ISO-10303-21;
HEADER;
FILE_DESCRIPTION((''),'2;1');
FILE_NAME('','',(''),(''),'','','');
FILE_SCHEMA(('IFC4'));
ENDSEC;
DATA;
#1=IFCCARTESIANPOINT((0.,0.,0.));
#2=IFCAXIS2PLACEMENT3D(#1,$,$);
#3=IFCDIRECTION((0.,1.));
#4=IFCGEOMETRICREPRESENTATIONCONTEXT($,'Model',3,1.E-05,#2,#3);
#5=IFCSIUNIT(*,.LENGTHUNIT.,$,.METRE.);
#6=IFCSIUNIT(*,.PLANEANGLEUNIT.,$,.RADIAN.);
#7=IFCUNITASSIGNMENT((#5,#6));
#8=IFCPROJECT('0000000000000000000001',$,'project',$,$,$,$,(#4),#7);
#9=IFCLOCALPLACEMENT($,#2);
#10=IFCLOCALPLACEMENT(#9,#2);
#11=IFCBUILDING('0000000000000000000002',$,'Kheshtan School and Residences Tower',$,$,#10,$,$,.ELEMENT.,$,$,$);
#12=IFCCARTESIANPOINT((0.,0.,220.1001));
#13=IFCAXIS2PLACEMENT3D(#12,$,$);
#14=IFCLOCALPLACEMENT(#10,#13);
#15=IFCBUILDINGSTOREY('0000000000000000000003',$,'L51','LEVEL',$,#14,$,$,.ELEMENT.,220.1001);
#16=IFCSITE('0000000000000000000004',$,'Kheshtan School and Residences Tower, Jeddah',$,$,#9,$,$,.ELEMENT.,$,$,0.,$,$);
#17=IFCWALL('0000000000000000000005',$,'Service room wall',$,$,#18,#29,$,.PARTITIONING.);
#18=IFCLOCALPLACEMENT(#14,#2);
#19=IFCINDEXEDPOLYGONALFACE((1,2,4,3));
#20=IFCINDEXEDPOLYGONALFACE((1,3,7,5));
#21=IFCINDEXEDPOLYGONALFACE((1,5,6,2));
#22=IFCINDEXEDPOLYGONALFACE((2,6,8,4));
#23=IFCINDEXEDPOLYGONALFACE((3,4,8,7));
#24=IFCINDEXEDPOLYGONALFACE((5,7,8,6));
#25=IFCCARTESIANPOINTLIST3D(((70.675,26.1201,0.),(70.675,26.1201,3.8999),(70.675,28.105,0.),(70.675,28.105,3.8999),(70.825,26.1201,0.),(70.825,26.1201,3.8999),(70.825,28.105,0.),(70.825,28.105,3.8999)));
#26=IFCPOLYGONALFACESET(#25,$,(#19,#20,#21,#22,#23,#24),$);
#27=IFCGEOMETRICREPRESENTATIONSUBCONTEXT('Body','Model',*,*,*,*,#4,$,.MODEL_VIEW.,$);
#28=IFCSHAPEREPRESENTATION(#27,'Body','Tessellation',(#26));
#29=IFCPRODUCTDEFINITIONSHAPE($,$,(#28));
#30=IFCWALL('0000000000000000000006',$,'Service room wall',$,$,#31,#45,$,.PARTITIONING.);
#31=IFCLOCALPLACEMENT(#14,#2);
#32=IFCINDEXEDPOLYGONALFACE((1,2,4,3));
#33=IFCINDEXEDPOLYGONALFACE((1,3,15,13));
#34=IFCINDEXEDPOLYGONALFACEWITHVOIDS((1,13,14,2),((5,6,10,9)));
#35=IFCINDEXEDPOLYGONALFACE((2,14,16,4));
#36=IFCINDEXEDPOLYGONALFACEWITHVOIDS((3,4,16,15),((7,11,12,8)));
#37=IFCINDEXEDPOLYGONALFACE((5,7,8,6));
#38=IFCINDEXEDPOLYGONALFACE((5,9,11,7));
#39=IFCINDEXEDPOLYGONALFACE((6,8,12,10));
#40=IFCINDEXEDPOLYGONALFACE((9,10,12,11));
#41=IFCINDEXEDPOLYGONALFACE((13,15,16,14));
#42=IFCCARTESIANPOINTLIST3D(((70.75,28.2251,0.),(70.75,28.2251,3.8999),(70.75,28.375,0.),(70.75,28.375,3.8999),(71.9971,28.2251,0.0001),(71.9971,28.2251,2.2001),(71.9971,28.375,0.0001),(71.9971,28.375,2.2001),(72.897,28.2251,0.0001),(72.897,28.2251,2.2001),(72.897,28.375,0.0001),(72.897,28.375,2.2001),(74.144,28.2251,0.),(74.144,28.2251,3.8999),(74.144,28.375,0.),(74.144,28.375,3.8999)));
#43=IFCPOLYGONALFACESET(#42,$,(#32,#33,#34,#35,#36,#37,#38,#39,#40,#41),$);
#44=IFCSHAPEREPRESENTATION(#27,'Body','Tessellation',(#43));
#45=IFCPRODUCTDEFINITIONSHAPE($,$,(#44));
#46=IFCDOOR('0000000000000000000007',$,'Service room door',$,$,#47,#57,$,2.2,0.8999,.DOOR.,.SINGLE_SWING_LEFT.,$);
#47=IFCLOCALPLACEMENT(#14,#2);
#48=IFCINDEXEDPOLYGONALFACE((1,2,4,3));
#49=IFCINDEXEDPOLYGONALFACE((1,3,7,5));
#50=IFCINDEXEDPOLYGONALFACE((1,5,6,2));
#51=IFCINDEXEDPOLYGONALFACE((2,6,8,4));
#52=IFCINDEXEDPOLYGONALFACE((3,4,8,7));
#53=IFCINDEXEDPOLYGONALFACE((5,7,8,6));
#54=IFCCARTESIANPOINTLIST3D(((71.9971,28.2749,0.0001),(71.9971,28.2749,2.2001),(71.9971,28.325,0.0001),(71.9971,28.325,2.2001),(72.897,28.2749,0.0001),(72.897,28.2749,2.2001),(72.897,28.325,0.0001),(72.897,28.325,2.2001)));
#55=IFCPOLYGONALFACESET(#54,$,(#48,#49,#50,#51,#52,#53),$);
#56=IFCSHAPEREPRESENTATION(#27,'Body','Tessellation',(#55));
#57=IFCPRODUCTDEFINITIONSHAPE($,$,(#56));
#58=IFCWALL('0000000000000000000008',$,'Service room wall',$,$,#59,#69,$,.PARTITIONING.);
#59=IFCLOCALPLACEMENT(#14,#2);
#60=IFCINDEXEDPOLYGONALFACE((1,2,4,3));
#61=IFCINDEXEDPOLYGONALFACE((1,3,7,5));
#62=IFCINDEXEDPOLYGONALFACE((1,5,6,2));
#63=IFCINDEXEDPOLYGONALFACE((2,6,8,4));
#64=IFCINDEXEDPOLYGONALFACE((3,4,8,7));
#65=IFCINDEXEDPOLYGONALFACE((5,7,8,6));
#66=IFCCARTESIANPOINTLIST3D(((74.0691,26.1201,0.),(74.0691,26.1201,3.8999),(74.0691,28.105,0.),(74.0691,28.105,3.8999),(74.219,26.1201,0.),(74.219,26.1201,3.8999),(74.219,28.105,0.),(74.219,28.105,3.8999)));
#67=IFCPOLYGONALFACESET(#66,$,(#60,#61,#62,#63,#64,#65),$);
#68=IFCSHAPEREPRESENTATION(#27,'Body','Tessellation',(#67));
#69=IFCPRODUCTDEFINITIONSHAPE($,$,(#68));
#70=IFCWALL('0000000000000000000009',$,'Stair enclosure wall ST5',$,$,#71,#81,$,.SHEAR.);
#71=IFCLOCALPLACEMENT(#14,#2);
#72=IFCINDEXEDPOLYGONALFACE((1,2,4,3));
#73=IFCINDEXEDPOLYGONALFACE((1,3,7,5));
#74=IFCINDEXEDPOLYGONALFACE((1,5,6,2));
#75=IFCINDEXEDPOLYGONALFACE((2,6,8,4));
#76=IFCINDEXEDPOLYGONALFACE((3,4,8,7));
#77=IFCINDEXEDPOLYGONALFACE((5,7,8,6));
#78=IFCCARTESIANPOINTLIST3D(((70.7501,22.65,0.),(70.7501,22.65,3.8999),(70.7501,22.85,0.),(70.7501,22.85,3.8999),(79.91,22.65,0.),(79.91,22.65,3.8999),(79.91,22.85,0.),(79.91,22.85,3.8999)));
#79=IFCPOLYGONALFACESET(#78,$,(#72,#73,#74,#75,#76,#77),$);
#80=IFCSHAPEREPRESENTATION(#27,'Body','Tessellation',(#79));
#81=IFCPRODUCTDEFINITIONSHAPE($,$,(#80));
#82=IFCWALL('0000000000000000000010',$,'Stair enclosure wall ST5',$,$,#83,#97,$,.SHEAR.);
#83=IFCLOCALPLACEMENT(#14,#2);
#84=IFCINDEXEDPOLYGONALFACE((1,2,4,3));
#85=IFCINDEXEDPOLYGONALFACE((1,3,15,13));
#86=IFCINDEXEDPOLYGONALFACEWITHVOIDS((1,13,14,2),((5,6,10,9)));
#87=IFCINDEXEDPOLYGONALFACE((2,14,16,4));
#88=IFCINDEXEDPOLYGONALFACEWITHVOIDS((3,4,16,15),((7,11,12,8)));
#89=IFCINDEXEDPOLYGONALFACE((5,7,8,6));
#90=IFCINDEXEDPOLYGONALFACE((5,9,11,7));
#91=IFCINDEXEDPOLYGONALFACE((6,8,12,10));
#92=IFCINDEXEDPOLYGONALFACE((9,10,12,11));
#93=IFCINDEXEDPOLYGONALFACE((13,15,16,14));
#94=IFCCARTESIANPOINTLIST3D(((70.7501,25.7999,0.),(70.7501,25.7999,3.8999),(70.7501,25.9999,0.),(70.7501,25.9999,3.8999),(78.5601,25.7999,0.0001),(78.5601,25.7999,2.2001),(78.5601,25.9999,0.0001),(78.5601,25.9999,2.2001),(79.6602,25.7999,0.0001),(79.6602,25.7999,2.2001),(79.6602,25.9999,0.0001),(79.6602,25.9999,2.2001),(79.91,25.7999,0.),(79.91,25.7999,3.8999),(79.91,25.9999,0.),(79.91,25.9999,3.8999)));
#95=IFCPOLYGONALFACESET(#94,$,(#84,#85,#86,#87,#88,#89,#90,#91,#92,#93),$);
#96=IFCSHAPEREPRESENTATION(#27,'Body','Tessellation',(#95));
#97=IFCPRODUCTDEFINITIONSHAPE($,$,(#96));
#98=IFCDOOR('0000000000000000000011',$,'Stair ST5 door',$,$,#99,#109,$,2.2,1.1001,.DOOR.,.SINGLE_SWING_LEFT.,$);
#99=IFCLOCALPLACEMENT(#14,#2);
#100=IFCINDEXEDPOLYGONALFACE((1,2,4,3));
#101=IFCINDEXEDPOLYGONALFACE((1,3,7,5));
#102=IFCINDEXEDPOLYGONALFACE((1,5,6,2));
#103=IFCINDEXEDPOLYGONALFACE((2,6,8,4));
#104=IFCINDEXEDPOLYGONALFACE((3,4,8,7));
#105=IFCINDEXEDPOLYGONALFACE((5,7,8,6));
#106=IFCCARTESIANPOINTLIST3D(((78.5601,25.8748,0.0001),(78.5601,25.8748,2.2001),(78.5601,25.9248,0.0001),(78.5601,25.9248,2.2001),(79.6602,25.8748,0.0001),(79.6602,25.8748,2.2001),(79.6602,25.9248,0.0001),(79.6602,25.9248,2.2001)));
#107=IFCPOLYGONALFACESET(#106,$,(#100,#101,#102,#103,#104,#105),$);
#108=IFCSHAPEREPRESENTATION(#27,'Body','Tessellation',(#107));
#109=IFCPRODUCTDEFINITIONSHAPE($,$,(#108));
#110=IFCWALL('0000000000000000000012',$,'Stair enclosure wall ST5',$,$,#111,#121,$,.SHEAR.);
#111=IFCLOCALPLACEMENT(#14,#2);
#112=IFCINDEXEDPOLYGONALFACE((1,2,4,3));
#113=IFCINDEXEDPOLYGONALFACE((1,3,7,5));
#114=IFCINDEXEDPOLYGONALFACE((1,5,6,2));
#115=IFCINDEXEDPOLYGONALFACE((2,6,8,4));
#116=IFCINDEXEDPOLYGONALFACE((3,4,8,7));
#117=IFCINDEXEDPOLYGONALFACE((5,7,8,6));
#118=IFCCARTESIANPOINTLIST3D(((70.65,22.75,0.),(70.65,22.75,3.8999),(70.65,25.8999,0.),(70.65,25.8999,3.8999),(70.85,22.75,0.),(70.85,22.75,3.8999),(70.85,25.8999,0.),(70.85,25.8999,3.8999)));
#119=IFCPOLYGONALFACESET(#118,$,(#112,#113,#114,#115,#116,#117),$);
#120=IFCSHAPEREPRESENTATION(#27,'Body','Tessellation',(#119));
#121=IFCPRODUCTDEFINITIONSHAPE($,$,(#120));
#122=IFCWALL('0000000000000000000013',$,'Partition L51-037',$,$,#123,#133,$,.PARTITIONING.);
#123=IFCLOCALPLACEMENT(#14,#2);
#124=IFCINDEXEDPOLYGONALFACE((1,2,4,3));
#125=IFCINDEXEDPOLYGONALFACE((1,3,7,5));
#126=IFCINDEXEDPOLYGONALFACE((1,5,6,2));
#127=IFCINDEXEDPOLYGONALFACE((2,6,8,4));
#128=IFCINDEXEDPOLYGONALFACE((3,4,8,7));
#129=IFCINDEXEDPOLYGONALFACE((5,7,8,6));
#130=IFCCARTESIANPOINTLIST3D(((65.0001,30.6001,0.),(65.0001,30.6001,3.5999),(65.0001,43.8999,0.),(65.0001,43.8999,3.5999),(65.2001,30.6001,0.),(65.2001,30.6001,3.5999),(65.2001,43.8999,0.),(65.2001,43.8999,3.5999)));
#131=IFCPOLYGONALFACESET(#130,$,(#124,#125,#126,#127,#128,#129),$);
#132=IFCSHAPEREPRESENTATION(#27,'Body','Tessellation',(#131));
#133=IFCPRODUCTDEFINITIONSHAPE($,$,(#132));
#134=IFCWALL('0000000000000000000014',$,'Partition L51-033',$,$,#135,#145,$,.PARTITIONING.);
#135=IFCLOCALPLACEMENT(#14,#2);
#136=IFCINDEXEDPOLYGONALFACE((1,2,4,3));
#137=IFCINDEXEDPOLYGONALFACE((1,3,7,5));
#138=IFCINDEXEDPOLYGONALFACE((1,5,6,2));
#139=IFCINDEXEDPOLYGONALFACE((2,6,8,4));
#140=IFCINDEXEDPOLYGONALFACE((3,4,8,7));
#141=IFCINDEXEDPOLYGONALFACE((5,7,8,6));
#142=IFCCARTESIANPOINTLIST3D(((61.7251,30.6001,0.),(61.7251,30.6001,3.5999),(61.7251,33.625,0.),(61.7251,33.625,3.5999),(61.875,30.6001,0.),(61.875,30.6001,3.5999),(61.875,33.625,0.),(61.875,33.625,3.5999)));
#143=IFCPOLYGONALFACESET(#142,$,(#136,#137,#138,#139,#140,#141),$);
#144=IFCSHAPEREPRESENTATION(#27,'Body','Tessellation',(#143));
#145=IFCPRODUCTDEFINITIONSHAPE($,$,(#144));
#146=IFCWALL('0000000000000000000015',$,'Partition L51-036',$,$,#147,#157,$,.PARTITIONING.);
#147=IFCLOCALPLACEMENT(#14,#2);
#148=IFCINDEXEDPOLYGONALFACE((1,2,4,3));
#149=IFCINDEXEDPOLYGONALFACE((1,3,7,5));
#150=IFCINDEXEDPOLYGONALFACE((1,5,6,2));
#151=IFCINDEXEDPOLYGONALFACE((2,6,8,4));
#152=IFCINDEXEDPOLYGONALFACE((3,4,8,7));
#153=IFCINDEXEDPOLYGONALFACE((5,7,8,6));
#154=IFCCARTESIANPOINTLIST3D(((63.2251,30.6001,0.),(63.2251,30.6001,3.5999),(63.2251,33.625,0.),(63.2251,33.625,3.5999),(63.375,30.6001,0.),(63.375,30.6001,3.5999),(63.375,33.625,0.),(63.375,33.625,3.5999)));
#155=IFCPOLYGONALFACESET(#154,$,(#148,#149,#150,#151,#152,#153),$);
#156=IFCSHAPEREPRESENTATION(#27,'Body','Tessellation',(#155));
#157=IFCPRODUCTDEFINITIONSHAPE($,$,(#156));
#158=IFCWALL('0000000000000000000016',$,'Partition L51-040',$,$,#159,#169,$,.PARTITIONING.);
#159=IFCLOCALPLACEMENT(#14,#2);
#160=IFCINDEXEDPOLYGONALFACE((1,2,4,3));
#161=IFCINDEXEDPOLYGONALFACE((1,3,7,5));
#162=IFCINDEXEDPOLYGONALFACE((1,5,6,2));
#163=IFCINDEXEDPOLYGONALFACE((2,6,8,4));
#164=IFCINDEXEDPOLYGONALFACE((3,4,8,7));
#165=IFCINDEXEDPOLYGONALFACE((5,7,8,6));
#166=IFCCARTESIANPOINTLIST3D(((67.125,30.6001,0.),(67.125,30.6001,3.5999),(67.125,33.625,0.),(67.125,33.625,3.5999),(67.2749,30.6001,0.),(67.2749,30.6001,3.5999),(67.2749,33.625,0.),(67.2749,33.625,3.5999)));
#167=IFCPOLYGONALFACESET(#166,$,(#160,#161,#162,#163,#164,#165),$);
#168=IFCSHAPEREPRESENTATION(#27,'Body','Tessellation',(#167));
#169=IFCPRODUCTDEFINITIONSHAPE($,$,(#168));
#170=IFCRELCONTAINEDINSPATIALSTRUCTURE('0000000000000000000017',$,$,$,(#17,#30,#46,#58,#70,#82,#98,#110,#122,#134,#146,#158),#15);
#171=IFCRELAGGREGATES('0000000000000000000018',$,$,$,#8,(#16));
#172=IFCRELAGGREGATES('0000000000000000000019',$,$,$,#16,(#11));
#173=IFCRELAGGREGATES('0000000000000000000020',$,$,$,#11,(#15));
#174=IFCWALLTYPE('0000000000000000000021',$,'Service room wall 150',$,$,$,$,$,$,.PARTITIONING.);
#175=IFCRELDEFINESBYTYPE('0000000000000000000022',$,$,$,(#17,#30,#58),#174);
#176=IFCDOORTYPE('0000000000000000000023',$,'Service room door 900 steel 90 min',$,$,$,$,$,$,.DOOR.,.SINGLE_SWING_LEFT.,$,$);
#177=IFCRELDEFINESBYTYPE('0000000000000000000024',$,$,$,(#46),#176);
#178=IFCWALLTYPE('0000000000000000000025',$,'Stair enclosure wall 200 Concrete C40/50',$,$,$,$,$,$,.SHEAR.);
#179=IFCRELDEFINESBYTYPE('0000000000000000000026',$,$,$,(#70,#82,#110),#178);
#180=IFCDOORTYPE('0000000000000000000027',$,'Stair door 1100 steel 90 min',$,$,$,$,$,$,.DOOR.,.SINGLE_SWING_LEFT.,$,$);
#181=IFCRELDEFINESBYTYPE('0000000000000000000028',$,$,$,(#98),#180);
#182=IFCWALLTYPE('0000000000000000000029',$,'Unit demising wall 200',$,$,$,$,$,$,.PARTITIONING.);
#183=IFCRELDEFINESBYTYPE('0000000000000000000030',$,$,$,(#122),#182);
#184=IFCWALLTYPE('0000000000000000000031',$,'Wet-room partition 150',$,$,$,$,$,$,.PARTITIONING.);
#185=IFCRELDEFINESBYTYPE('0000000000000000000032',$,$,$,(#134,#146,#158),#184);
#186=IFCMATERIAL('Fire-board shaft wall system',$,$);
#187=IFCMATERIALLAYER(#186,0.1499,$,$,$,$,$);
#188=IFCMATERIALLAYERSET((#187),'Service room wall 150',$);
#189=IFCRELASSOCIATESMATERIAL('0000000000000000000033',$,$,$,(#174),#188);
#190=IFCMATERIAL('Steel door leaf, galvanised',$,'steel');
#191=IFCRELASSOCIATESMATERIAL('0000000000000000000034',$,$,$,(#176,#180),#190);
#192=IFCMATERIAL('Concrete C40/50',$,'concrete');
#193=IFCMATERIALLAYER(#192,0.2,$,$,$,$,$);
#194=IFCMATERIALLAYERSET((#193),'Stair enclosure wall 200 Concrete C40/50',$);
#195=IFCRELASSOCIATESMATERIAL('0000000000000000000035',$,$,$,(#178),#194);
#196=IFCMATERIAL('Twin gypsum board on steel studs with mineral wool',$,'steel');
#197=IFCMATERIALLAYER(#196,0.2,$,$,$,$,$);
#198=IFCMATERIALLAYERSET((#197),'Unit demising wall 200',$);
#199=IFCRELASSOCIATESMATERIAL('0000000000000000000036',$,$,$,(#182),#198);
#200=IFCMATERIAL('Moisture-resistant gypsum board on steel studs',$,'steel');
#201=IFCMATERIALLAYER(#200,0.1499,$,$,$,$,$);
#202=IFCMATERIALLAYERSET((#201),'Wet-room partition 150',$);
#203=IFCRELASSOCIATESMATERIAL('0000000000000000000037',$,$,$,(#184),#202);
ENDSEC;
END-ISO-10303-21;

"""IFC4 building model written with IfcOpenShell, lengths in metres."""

from ifc_helpers import new_model, si_unit, direction, frame, frame_2d, origin, place, context, subcontext, project, spatial, rectangle, extrude, source, transform, mapped, material, layer, layer_set, type_object, element, fill, save


model = new_model("IFC4")

# Units and contexts
model_context = context("Model", 3, precision=1e-05, world=origin(), true_north=direction((0.0, 1.0)))
body_context = subcontext(model_context, "Body", "Model", "MODEL_VIEW")
ifc_project = project(units=[si_unit("LENGTHUNIT", "METRE"), si_unit("PLANEANGLEUNIT", "RADIAN")], contexts=[model_context])

# Site, building, storey
site_placement = place(None, origin())
site = spatial("IfcSite", under=ifc_project, at=site_placement, Name="Kheshtan School and Residences Tower, Jeddah", CompositionType="ELEMENT", RefElevation=0.0)
building_placement = place(site_placement, origin())
building = spatial("IfcBuilding", under=site, at=building_placement, Name="Kheshtan School and Residences Tower", CompositionType="ELEMENT")
storey_placement = place(building_placement, frame((0.0, 0.0, 220.1001)))
storey = spatial("IfcBuildingStorey", under=building, at=storey_placement, Name="L51", Description="LEVEL", CompositionType="ELEMENT", Elevation=220.1001)

# Shared definitions
ifc_material_1 = material(Name="Fire-board shaft wall system")
ifc_layer_1 = layer(ifc_material_1, 0.1499)
ifc_layer_set_1 = layer_set([ifc_layer_1], Name="Service room wall 150")
wall_type_1 = type_object("IfcWallType", Name="Service room wall 150", PredefinedType="PARTITIONING", material=ifc_layer_set_1)
ifc_material_2 = material(Name="Steel door leaf, galvanised", Category="steel")
door_type_1 = type_object("IfcDoorType", Name="Service room door 900 steel 90 min", OperationType="SINGLE_SWING_LEFT", PredefinedType="DOOR", material=ifc_material_2)
shared_shape_1 = source(origin(), body_context, "Body", "SweptSolid", [
    extrude(rectangle(XDim=0.8999, YDim=2.2, at=frame_2d((0.45, 1.1001))), frame((0.0, 0.0249, 0.0), z_axis=(0.0, -1.0, 0.0), x_axis=(1.0, 0.0, 0.0)), (0.0, 0.0, 1.0), 0.05),
])

# Wall
wall_1_placement = place(storey_placement, frame((70.75, 26.1201, 0.0), z_axis=(0.0, 0.0, 1.0), x_axis=(0.0, 1.0, 0.0)))
element("IfcWall", 1, at=wall_1_placement, inside=storey, type_object=wall_type_1, Name="Service room wall", PredefinedType="PARTITIONING", context=body_context, shape_type="SweptSolid", body=[
    extrude(rectangle(XDim=1.9849, YDim=0.1499, at=frame_2d((0.9924, 0.0))), origin(), (0.0, 0.0, 1.0), 3.8999),
])

# Wall, opening, door
wall_2_placement = place(storey_placement, frame((70.75, 28.3, 0.0), z_axis=(0.0, 0.0, 1.0), x_axis=(1.0, 0.0, 0.0)))
wall_2 = element("IfcWall", 2, at=wall_2_placement, inside=storey, type_object=wall_type_1, Name="Service room wall", PredefinedType="PARTITIONING", context=body_context, shape_type="SweptSolid", body=[
    extrude(rectangle(XDim=3.394, YDim=0.1499, at=frame_2d((1.697, 0.0))), origin(), (0.0, 0.0, 1.0), 3.8999),
])
opening_1_placement = place(wall_2_placement, frame((1.2471, 0.0, 0.0)))
opening_1 = element("IfcOpeningElement", 3, at=opening_1_placement, cuts=wall_2, PredefinedType="OPENING", context=body_context, shape_type="SweptSolid", body=[
    extrude(rectangle(XDim=0.8999, YDim=2.2, at=frame_2d((0.45, 1.1001))), frame((0.0, 0.085, 0.0), z_axis=(0.0, -1.0, 0.0), x_axis=(1.0, 0.0, 0.0)), (0.0, 0.0, 1.0), 0.1699),
])
door_1_placement = place(opening_1_placement, origin())
door_1 = element("IfcDoor", 4, at=door_1_placement, inside=storey, type_object=door_type_1, Name="Service room door", OperationType="SINGLE_SWING_LEFT", OverallHeight=2.2, OverallWidth=0.8999, PredefinedType="DOOR", context=body_context, shape_type="MappedRepresentation", body=[
    mapped(shared_shape_1, transform((0.0, 0.0, 0.0), x_axis=(1.0, 0.0, 0.0), y_axis=(0.0, 1.0, 0.0), z_axis=(0.0, 0.0, 1.0), scale=1.0)),
])
fill(opening_1, door_1)

# Walls
wall_3_placement = place(storey_placement, frame((74.144, 26.1201, 0.0), z_axis=(0.0, 0.0, 1.0), x_axis=(0.0, 1.0, 0.0)))
element("IfcWall", 5, at=wall_3_placement, inside=storey, type_object=wall_type_1, Name="Service room wall", PredefinedType="PARTITIONING", context=body_context, shape_type="SweptSolid", body=[
    extrude(rectangle(XDim=1.9849, YDim=0.1499, at=frame_2d((0.9924, 0.0))), origin(), (0.0, 0.0, 1.0), 3.8999),
])
ifc_material_3 = material(Name="Concrete C40/50", Category="concrete")
ifc_layer_2 = layer(ifc_material_3, 0.2)
ifc_layer_set_2 = layer_set([ifc_layer_2], Name="Stair enclosure wall 200 Concrete C40/50")
wall_type_2 = type_object("IfcWallType", Name="Stair enclosure wall 200 Concrete C40/50", PredefinedType="SHEAR", material=ifc_layer_set_2)
wall_4_placement = place(storey_placement, frame((70.75, 22.75, 0.0), z_axis=(0.0, 0.0, 1.0), x_axis=(1.0, 0.0, 0.0)))
element("IfcWall", 6, at=wall_4_placement, inside=storey, type_object=wall_type_2, Name="Stair enclosure wall ST5", PredefinedType="SHEAR", context=body_context, shape_type="SweptSolid", body=[
    extrude(rectangle(XDim=9.1599, YDim=0.2, at=frame_2d((4.5801, 0.0))), origin(), (0.0, 0.0, 1.0), 3.8999),
])

# Wall, opening, door
wall_5_placement = place(storey_placement, frame((70.75, 25.8999, 0.0), z_axis=(0.0, 0.0, 1.0), x_axis=(1.0, 0.0, 0.0)))
wall_5 = element("IfcWall", 7, at=wall_5_placement, inside=storey, type_object=wall_type_2, Name="Stair enclosure wall ST5", PredefinedType="SHEAR", context=body_context, shape_type="SweptSolid", body=[
    extrude(rectangle(XDim=9.1599, YDim=0.2, at=frame_2d((4.5801, 0.0))), origin(), (0.0, 0.0, 1.0), 3.8999),
])
opening_2_placement = place(wall_5_placement, frame((7.8101, 0.0, 0.0)))
opening_2 = element("IfcOpeningElement", 8, at=opening_2_placement, cuts=wall_5, PredefinedType="OPENING", context=body_context, shape_type="SweptSolid", body=[
    extrude(rectangle(XDim=1.1001, YDim=2.2, at=frame_2d((0.55, 1.1001))), frame((0.0, 0.1099, 0.0), z_axis=(0.0, -1.0, 0.0), x_axis=(1.0, 0.0, 0.0)), (0.0, 0.0, 1.0), 0.22),
])
door_type_2 = type_object("IfcDoorType", Name="Stair door 1100 steel 90 min", OperationType="SINGLE_SWING_LEFT", PredefinedType="DOOR", material=ifc_material_2)
shared_shape_2 = source(origin(), body_context, "Body", "SweptSolid", [
    extrude(rectangle(XDim=1.1001, YDim=2.2, at=frame_2d((0.55, 1.1001))), frame((0.0, 0.0249, 0.0), z_axis=(0.0, -1.0, 0.0), x_axis=(1.0, 0.0, 0.0)), (0.0, 0.0, 1.0), 0.05),
])
door_2_placement = place(opening_2_placement, origin())
door_2 = element("IfcDoor", 9, at=door_2_placement, inside=storey, type_object=door_type_2, Name="Stair ST5 door", OperationType="SINGLE_SWING_LEFT", OverallHeight=2.2, OverallWidth=1.1001, PredefinedType="DOOR", context=body_context, shape_type="MappedRepresentation", body=[
    mapped(shared_shape_2, transform((0.0, 0.0, 0.0), x_axis=(1.0, 0.0, 0.0), y_axis=(0.0, 1.0, 0.0), z_axis=(0.0, 0.0, 1.0), scale=1.0)),
])
fill(opening_2, door_2)

# Walls
wall_6_placement = place(storey_placement, frame((70.75, 22.75, 0.0), z_axis=(0.0, 0.0, 1.0), x_axis=(0.0, 1.0, 0.0)))
element("IfcWall", 10, at=wall_6_placement, inside=storey, type_object=wall_type_2, Name="Stair enclosure wall ST5", PredefinedType="SHEAR", context=body_context, shape_type="SweptSolid", body=[
    extrude(rectangle(XDim=3.1499, YDim=0.2, at=frame_2d((1.575, 0.0))), origin(), (0.0, 0.0, 1.0), 3.8999),
])
ifc_material_4 = material(Name="Twin gypsum board on steel studs with mineral wool", Category="steel")
ifc_layer_3 = layer(ifc_material_4, 0.2)
ifc_layer_set_3 = layer_set([ifc_layer_3], Name="Unit demising wall 200")
wall_type_3 = type_object("IfcWallType", Name="Unit demising wall 200", PredefinedType="PARTITIONING", material=ifc_layer_set_3)
wall_7_placement = place(storey_placement, frame((65.1001, 30.6001, 0.0), z_axis=(0.0, 0.0, 1.0), x_axis=(0.0, 1.0, 0.0)))
element("IfcWall", 11, at=wall_7_placement, inside=storey, type_object=wall_type_3, Name="Partition L51-037", PredefinedType="PARTITIONING", context=body_context, shape_type="SweptSolid", body=[
    extrude(rectangle(XDim=13.2998, YDim=0.2, at=frame_2d((6.6499, 0.0))), origin(), (0.0, 0.0, 1.0), 3.5999),
])
ifc_material_5 = material(Name="Moisture-resistant gypsum board on steel studs", Category="steel")
ifc_layer_4 = layer(ifc_material_5, 0.1499)
ifc_layer_set_4 = layer_set([ifc_layer_4], Name="Wet-room partition 150")
wall_type_4 = type_object("IfcWallType", Name="Wet-room partition 150", PredefinedType="PARTITIONING", material=ifc_layer_set_4)
for number, where, z_axis, x_axis, name in (
    (12, (61.8, 30.6001, 0.0), (0.0, 0.0, 1.0), (0.0, 1.0, 0.0), "Partition L51-033"),
    (13, (63.3, 30.6001, 0.0), (0.0, 0.0, 1.0), (0.0, 1.0, 0.0), "Partition L51-036"),
    (14, (67.2, 30.6001, 0.0), (0.0, 0.0, 1.0), (0.0, 1.0, 0.0), "Partition L51-040"),
):
    element("IfcWall", number, at=place(storey_placement, frame(where, z_axis=z_axis, x_axis=x_axis)), inside=storey, type_object=wall_type_4, Name=name, PredefinedType="PARTITIONING", context=body_context, shape_type="SweptSolid", body=[
        extrude(rectangle(XDim=3.0249, YDim=0.1499, at=frame_2d((1.5125, 0.0))), origin(), (0.0, 0.0, 1.0), 3.5999),
    ])

save(model, "model.ifc")
